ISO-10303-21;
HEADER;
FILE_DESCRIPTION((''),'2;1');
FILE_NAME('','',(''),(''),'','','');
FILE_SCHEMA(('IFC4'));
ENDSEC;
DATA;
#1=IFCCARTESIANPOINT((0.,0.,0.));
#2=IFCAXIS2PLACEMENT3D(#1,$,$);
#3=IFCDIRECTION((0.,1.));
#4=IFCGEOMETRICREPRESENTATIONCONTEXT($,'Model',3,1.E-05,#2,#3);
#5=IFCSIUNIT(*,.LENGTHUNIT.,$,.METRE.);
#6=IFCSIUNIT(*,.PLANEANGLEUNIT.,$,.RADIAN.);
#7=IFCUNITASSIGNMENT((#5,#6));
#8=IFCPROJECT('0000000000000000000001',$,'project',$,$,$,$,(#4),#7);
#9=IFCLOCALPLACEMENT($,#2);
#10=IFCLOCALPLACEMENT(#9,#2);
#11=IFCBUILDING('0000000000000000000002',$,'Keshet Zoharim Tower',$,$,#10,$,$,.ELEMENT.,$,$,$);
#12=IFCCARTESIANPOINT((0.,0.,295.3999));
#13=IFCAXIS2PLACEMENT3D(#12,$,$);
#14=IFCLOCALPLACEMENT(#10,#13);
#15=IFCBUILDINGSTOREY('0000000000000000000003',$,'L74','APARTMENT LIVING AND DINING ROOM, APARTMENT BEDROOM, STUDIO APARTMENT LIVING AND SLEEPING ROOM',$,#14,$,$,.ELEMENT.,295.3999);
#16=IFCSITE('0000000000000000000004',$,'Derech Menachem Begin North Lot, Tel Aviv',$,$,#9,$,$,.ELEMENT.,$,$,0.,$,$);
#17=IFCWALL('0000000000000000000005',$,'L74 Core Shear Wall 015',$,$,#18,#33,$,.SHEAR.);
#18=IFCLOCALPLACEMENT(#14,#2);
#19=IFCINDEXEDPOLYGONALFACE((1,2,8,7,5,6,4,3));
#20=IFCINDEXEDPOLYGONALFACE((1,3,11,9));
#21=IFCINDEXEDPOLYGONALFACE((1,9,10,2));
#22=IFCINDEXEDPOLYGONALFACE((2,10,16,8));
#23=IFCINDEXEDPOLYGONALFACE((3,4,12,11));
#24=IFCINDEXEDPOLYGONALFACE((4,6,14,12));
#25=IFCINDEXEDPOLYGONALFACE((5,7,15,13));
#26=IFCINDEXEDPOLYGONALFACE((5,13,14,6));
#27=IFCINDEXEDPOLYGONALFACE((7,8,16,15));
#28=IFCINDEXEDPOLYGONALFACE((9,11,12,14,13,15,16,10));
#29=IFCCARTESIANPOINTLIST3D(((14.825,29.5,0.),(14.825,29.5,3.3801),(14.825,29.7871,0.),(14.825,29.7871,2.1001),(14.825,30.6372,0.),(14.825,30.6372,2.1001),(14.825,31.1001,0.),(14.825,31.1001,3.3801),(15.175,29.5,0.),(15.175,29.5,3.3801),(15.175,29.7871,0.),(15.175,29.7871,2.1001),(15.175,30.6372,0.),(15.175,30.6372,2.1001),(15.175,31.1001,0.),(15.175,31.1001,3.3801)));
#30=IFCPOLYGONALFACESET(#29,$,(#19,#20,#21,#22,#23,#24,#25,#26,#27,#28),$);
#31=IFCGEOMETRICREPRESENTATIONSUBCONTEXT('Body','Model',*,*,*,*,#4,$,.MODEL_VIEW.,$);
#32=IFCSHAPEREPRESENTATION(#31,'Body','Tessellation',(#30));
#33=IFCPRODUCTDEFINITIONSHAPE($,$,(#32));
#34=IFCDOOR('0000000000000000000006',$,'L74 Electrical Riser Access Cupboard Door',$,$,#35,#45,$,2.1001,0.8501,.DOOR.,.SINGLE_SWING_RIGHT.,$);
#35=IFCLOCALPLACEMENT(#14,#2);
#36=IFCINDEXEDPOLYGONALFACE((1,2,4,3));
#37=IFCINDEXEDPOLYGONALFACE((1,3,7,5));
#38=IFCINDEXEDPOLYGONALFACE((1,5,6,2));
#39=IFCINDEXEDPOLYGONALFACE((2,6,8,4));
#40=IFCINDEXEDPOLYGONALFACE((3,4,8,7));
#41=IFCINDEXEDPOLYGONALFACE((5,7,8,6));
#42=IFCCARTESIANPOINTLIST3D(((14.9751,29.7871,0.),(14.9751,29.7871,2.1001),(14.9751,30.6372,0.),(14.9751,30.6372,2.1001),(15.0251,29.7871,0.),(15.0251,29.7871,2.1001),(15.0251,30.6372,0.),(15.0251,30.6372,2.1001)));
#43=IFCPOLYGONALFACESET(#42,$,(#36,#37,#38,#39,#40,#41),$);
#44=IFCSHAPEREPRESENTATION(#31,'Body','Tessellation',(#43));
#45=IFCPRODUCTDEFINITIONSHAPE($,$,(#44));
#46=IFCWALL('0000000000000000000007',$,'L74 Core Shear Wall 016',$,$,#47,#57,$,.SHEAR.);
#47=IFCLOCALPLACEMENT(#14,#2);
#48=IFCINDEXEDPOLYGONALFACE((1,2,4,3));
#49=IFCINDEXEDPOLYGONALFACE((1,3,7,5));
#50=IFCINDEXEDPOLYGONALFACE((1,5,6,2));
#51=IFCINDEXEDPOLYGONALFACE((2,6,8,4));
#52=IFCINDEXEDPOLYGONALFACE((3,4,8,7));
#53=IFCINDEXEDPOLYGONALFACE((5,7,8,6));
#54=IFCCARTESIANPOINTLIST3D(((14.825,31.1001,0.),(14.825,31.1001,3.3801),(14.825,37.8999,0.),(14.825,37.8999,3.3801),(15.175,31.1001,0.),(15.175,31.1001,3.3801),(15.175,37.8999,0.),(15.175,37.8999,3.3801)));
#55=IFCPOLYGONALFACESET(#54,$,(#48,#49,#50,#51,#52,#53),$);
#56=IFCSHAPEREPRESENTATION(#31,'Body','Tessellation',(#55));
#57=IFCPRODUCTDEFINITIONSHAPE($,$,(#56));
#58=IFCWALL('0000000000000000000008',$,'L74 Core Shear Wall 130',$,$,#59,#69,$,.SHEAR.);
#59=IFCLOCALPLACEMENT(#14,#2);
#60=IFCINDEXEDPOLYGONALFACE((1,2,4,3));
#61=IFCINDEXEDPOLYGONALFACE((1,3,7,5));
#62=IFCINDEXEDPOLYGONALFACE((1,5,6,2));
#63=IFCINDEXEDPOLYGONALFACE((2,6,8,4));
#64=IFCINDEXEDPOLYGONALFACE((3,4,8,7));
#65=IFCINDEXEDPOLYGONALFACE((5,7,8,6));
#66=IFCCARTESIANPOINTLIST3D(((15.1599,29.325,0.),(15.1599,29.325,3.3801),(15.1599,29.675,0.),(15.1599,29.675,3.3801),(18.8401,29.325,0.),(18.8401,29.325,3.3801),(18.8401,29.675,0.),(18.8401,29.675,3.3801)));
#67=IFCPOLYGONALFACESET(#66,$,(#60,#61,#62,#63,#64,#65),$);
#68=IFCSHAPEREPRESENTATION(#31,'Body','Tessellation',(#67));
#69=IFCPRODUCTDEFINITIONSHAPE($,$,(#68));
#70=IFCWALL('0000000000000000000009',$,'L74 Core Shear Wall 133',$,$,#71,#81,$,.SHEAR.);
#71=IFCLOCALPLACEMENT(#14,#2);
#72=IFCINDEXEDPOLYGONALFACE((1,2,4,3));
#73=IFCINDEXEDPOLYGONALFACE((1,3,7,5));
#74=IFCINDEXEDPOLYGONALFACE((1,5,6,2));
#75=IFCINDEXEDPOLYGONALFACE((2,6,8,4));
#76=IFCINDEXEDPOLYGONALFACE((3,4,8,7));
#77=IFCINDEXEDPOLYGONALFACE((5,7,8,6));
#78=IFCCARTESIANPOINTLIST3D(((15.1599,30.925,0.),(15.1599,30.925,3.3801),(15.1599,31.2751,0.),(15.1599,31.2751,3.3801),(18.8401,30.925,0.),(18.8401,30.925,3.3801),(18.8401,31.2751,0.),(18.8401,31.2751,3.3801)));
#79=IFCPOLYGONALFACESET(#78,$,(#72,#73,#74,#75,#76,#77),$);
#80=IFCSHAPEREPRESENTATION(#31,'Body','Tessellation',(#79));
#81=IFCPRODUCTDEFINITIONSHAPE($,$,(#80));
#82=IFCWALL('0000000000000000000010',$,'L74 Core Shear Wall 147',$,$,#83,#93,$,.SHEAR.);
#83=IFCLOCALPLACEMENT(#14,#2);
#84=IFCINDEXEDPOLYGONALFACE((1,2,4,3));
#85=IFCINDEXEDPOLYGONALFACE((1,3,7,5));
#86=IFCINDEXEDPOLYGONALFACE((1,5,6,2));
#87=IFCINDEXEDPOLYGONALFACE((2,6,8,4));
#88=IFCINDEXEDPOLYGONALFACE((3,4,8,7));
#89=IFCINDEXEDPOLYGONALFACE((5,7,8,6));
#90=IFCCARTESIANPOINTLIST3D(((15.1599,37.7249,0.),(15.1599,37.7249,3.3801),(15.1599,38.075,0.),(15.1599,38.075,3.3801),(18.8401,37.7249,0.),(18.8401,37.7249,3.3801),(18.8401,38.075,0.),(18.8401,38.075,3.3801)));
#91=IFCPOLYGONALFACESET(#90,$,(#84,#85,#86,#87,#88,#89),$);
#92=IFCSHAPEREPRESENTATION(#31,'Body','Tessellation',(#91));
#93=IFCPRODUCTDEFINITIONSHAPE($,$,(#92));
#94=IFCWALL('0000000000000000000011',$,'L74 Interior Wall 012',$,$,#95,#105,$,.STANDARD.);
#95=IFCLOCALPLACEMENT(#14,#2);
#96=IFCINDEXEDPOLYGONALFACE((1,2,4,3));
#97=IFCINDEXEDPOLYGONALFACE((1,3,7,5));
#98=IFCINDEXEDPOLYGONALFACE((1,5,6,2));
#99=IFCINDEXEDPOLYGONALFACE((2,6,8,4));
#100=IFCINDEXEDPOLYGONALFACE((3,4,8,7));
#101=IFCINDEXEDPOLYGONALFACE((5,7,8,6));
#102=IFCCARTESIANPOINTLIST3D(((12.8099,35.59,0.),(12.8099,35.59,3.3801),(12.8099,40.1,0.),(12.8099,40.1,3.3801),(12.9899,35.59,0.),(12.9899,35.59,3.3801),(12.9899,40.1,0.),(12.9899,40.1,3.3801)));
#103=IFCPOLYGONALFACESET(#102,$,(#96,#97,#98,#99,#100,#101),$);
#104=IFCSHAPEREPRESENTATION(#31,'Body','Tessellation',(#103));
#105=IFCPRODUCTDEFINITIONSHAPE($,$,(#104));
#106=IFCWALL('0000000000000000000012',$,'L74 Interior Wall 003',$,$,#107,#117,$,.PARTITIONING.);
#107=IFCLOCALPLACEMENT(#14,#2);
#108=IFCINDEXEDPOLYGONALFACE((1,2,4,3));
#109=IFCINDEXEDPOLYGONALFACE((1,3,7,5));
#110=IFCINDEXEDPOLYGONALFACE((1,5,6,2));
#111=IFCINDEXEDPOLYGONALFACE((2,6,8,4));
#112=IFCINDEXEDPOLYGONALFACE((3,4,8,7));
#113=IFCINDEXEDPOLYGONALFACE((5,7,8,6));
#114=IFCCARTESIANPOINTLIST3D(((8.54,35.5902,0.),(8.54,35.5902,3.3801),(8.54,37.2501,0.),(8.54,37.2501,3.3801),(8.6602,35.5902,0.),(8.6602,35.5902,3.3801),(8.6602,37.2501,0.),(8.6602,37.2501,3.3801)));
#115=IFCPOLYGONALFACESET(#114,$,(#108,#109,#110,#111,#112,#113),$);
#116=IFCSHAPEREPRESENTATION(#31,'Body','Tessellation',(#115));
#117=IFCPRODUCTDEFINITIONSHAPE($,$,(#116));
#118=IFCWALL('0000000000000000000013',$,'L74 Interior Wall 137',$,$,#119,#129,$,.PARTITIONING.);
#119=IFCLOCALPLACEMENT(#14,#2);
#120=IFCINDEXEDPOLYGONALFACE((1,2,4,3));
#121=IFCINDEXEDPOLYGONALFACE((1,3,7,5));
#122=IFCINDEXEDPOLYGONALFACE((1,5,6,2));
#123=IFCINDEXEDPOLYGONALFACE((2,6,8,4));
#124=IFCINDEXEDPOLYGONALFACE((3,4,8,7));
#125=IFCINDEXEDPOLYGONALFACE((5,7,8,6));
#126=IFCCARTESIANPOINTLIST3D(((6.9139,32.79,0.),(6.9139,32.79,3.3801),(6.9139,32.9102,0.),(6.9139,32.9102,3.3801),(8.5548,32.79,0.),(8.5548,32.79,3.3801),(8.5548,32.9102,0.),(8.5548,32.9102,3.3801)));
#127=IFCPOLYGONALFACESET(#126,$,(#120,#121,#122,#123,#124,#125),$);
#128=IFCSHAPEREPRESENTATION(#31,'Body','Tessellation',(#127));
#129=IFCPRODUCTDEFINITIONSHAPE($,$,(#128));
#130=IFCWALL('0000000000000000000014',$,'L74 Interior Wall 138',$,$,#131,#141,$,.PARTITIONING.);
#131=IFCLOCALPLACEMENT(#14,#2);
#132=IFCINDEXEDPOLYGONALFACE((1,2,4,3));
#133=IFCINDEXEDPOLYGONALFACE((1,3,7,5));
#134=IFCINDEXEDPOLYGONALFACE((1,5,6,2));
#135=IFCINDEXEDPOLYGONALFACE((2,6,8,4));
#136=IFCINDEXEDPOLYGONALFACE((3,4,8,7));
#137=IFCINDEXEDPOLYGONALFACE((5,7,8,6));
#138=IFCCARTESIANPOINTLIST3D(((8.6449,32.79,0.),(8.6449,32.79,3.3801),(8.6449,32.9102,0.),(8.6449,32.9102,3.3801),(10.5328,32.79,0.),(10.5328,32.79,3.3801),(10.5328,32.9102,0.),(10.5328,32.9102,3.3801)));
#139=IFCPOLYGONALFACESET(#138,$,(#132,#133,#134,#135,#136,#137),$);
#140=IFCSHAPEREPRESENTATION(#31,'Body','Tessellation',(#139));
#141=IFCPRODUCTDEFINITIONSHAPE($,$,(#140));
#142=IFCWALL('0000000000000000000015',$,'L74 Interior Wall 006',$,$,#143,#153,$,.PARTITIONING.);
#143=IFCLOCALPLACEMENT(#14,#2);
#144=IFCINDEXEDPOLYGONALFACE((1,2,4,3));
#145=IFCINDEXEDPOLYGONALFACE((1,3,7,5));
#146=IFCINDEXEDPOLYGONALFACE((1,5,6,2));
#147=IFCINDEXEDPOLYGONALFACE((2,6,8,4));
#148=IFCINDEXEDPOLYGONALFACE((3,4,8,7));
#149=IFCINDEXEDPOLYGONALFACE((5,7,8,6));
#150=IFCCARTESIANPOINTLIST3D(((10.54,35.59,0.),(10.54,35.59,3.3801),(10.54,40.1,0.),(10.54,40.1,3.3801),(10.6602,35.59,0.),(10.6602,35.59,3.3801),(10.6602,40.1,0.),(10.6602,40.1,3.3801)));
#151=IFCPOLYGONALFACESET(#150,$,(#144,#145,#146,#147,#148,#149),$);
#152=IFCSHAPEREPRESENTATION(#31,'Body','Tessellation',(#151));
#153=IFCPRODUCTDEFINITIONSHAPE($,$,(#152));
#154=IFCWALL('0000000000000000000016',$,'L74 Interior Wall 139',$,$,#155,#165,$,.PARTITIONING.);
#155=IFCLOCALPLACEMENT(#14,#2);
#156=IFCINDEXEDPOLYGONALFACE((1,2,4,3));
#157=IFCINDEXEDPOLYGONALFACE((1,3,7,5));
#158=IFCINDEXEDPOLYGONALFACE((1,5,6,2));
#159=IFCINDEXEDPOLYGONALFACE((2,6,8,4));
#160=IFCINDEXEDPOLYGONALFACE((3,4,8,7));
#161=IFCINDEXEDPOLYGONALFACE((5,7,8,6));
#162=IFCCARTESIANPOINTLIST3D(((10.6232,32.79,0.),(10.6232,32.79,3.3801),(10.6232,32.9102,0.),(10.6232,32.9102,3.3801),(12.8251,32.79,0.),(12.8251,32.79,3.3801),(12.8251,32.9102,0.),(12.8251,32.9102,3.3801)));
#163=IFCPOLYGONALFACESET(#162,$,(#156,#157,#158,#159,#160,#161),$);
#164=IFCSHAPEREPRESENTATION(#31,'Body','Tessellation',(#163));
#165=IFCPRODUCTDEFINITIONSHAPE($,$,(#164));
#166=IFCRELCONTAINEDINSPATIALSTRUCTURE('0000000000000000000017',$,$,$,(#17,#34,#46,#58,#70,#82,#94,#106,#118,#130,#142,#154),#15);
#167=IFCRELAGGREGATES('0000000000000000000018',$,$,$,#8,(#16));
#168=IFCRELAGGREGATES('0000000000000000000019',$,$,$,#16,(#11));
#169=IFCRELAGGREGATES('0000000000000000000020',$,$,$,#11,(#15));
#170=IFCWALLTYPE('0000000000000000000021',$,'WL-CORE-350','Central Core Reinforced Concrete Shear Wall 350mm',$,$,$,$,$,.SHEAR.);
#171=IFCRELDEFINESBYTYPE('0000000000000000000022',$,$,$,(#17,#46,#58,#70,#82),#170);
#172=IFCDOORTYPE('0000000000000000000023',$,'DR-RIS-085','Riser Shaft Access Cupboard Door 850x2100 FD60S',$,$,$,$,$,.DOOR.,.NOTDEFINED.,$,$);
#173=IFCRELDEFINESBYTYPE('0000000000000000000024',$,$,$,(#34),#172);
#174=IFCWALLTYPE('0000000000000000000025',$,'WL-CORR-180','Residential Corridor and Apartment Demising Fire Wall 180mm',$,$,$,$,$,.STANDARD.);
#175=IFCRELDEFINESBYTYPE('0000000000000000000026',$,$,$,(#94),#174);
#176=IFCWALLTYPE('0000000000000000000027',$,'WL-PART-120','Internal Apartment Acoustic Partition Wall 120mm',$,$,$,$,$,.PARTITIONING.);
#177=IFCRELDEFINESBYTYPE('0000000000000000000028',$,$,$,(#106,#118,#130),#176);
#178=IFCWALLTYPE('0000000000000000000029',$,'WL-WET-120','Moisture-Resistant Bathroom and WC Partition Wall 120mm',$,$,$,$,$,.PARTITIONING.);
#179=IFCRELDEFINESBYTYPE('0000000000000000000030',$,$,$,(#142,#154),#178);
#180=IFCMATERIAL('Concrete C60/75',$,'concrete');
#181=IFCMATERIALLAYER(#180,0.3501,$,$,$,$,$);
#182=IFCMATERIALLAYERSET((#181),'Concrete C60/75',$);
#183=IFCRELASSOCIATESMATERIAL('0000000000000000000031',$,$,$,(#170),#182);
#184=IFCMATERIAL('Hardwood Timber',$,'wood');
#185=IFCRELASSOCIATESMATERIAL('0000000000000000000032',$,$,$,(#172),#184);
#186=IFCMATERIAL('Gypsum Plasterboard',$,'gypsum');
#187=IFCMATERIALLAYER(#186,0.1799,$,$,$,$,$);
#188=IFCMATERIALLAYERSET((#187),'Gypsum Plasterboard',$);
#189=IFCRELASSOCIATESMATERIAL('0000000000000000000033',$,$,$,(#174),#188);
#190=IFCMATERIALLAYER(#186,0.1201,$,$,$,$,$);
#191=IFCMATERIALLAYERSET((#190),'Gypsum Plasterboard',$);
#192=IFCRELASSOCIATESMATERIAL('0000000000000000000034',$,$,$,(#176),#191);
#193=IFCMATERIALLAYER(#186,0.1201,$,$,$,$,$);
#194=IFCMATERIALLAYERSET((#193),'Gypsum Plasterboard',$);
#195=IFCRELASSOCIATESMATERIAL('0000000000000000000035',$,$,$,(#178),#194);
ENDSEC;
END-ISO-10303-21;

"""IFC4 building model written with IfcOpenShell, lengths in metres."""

from ifc_helpers import new_model, si_unit, direction, frame, frame_2d, origin, place, context, subcontext, project, spatial, rectangle, extrude, material, layer, layer_set, type_object, element, fill, save


model = new_model("IFC4")

# Units and contexts
model_context = context("Model", 3, precision=1e-05, world=origin(), true_north=direction((0.0, 1.0)))
body_context = subcontext(model_context, "Body", "Model", "MODEL_VIEW")
ifc_project = project(units=[si_unit("LENGTHUNIT", "METRE"), si_unit("PLANEANGLEUNIT", "RADIAN")], contexts=[model_context])

# Site, building, storey
site_placement = place(None, origin())
site = spatial("IfcSite", under=ifc_project, at=site_placement, Name="Derech Menachem Begin North Lot, Tel Aviv", CompositionType="ELEMENT", RefElevation=0.0)
building_placement = place(site_placement, origin())
building = spatial("IfcBuilding", under=site, at=building_placement, Name="Keshet Zoharim Tower", CompositionType="ELEMENT")
storey_placement = place(building_placement, frame((0.0, 0.0, 295.3999)))
storey = spatial("IfcBuildingStorey", under=building, at=storey_placement, Name="L74", Description="APARTMENT LIVING AND DINING ROOM, APARTMENT BEDROOM, STUDIO APARTMENT LIVING AND SLEEPING ROOM", CompositionType="ELEMENT", Elevation=295.3999)

# Wall, opening, door
ifc_material_1 = material(Name="Concrete C60/75", Category="concrete")
ifc_layer_1 = layer(ifc_material_1, 0.3501)
ifc_layer_set_1 = layer_set([ifc_layer_1], Name="Concrete C60/75")
wall_type_1 = type_object("IfcWallType", Name="WL-CORE-350", Description="Central Core Reinforced Concrete Shear Wall 350mm", PredefinedType="SHEAR", material=ifc_layer_set_1)
wall_1_placement = place(storey_placement, frame((15.0, 29.5, 0.0), z_axis=(0.0, 0.0, 1.0), x_axis=(0.0, 1.0, 0.0)))
wall_1 = element("IfcWall", 1, at=wall_1_placement, inside=storey, type_object=wall_type_1, Name="L74 Core Shear Wall 015", PredefinedType="SHEAR", context=body_context, shape_type="SweptSolid", body=[
    extrude(rectangle(XDim=1.6001, YDim=0.3501, at=frame_2d((0.8, 0.0))), origin(), (0.0, 0.0, 1.0), 3.3801),
])
opening_1_placement = place(wall_1_placement, frame((0.2871, 0.0, 0.0)))
opening_1 = element("IfcOpeningElement", 2, at=opening_1_placement, cuts=wall_1, PredefinedType="OPENING", context=body_context, shape_type="SweptSolid", body=[
    extrude(rectangle(XDim=0.8501, YDim=2.1001, at=frame_2d((0.425, 1.05))), frame((0.0, 0.1851, 0.0), z_axis=(0.0, -1.0, 0.0), x_axis=(1.0, 0.0, 0.0)), (0.0, 0.0, 1.0), 0.3701),
])
ifc_material_2 = material(Name="Hardwood Timber", Category="wood")
door_type_1 = type_object("IfcDoorType", Name="DR-RIS-085", Description="Riser Shaft Access Cupboard Door 850x2100 FD60S", OperationType="NOTDEFINED", PredefinedType="DOOR", material=ifc_material_2)
door_1_placement = place(opening_1_placement, origin())
door_1 = element("IfcDoor", 3, at=door_1_placement, inside=storey, type_object=door_type_1, Name="L74 Electrical Riser Access Cupboard Door", OperationType="SINGLE_SWING_RIGHT", OverallHeight=2.1001, OverallWidth=0.8501, PredefinedType="DOOR", context=body_context, shape_type="SweptSolid", body=[
    extrude(rectangle(XDim=0.8501, YDim=2.1001, at=frame_2d((0.425, 1.05))), frame((0.0, 0.0249, 0.0), z_axis=(0.0, -1.0, 0.0), x_axis=(1.0, 0.0, 0.0)), (0.0, 0.0, 1.0), 0.05),
])
fill(opening_1, door_1)

# Walls
wall_2_placement = place(storey_placement, frame((15.0, 31.1001, 0.0), z_axis=(0.0, 0.0, 1.0), x_axis=(0.0, 1.0, 0.0)))
element("IfcWall", 4, at=wall_2_placement, inside=storey, type_object=wall_type_1, Name="L74 Core Shear Wall 016", PredefinedType="SHEAR", context=body_context, shape_type="SweptSolid", body=[
    extrude(rectangle(XDim=6.7998, YDim=0.3501, at=frame_2d((3.3999, 0.0))), origin(), (0.0, 0.0, 1.0), 3.3801),
])
for number, where, z_axis, x_axis, name in (
    (5, (15.1599, 29.5, 0.0), (0.0, 0.0, 1.0), (1.0, 0.0, 0.0), "L74 Core Shear Wall 130"),
    (6, (15.1599, 31.1001, 0.0), (0.0, 0.0, 1.0), (1.0, 0.0, 0.0), "L74 Core Shear Wall 133"),
    (7, (15.1599, 37.8999, 0.0), (0.0, 0.0, 1.0), (1.0, 0.0, 0.0), "L74 Core Shear Wall 147"),
):
    element("IfcWall", number, at=place(storey_placement, frame(where, z_axis=z_axis, x_axis=x_axis)), inside=storey, type_object=wall_type_1, Name=name, PredefinedType="SHEAR", context=body_context, shape_type="SweptSolid", body=[
        extrude(rectangle(XDim=3.6802, YDim=0.3501, at=frame_2d((1.8401, 0.0))), origin(), (0.0, 0.0, 1.0), 3.3801),
    ])

# Shared definitions
ifc_material_3 = material(Name="Gypsum Plasterboard", Category="gypsum")
ifc_layer_2 = layer(ifc_material_3, 0.1799)
ifc_layer_set_2 = layer_set([ifc_layer_2], Name="Gypsum Plasterboard")
wall_type_2 = type_object("IfcWallType", Name="WL-CORR-180", Description="Residential Corridor and Apartment Demising Fire Wall 180mm", PredefinedType="STANDARD", material=ifc_layer_set_2)

# Walls
wall_3_placement = place(storey_placement, frame((12.8999, 35.5901, 0.0), z_axis=(0.0, 0.0, 1.0), x_axis=(0.0, 1.0, 0.0)))
element("IfcWall", 8, at=wall_3_placement, inside=storey, type_object=wall_type_2, Name="L74 Interior Wall 012", PredefinedType="STANDARD", context=body_context, shape_type="SweptSolid", body=[
    extrude(rectangle(XDim=4.51, YDim=0.1799, at=frame_2d((2.2549, 0.0))), origin(), (0.0, 0.0, 1.0), 3.3801),
])
ifc_layer_3 = layer(ifc_material_3, 0.1201)
ifc_layer_set_3 = layer_set([ifc_layer_3], Name="Gypsum Plasterboard")
wall_type_3 = type_object("IfcWallType", Name="WL-PART-120", Description="Internal Apartment Acoustic Partition Wall 120mm", PredefinedType="PARTITIONING", material=ifc_layer_set_3)
wall_4_placement = place(storey_placement, frame((8.6001, 35.5901, 0.0), z_axis=(0.0, 0.0, 1.0), x_axis=(0.0, 1.0, 0.0)))
element("IfcWall", 9, at=wall_4_placement, inside=storey, type_object=wall_type_3, Name="L74 Interior Wall 003", PredefinedType="PARTITIONING", context=body_context, shape_type="SweptSolid", body=[
    extrude(rectangle(XDim=1.6599, YDim=0.1201, at=frame_2d((0.8301, 0.0))), origin(), (0.0, 0.0, 1.0), 3.3801),
])
wall_5_placement = place(storey_placement, frame((6.9141, 32.8501, 0.0), z_axis=(0.0, 0.0, 1.0), x_axis=(1.0, 0.0, 0.0)))
element("IfcWall", 10, at=wall_5_placement, inside=storey, type_object=wall_type_3, Name="L74 Interior Wall 137", PredefinedType="PARTITIONING", context=body_context, shape_type="SweptSolid", body=[
    extrude(rectangle(XDim=1.6409, YDim=0.1201, at=frame_2d((0.8203, 0.0))), origin(), (0.0, 0.0, 1.0), 3.3801),
])
wall_6_placement = place(storey_placement, frame((8.645, 32.8501, 0.0), z_axis=(0.0, 0.0, 1.0), x_axis=(1.0, 0.0, 0.0)))
element("IfcWall", 11, at=wall_6_placement, inside=storey, type_object=wall_type_3, Name="L74 Interior Wall 138", PredefinedType="PARTITIONING", context=body_context, shape_type="SweptSolid", body=[
    extrude(rectangle(XDim=1.8879, YDim=0.1201, at=frame_2d((0.9438, 0.0))), origin(), (0.0, 0.0, 1.0), 3.3801),
])

# Walls
ifc_layer_4 = layer(ifc_material_3, 0.1201)
ifc_layer_set_4 = layer_set([ifc_layer_4], Name="Gypsum Plasterboard")
wall_type_4 = type_object("IfcWallType", Name="WL-WET-120", Description="Moisture-Resistant Bathroom and WC Partition Wall 120mm", PredefinedType="PARTITIONING", material=ifc_layer_set_4)
wall_7_placement = place(storey_placement, frame((10.6001, 35.5901, 0.0), z_axis=(0.0, 0.0, 1.0), x_axis=(0.0, 1.0, 0.0)))
element("IfcWall", 12, at=wall_7_placement, inside=storey, type_object=wall_type_4, Name="L74 Interior Wall 006", PredefinedType="PARTITIONING", context=body_context, shape_type="SweptSolid", body=[
    extrude(rectangle(XDim=4.51, YDim=0.1201, at=frame_2d((2.2549, 0.0))), origin(), (0.0, 0.0, 1.0), 3.3801),
])
wall_8_placement = place(storey_placement, frame((10.623, 32.8501, 0.0), z_axis=(0.0, 0.0, 1.0), x_axis=(1.0, 0.0, 0.0)))
element("IfcWall", 13, at=wall_8_placement, inside=storey, type_object=wall_type_4, Name="L74 Interior Wall 139", PredefinedType="PARTITIONING", context=body_context, shape_type="SweptSolid", body=[
    extrude(rectangle(XDim=2.2019, YDim=0.1201, at=frame_2d((1.1011, 0.0))), origin(), (0.0, 0.0, 1.0), 3.3801),
])

save(model, "model.ifc")
